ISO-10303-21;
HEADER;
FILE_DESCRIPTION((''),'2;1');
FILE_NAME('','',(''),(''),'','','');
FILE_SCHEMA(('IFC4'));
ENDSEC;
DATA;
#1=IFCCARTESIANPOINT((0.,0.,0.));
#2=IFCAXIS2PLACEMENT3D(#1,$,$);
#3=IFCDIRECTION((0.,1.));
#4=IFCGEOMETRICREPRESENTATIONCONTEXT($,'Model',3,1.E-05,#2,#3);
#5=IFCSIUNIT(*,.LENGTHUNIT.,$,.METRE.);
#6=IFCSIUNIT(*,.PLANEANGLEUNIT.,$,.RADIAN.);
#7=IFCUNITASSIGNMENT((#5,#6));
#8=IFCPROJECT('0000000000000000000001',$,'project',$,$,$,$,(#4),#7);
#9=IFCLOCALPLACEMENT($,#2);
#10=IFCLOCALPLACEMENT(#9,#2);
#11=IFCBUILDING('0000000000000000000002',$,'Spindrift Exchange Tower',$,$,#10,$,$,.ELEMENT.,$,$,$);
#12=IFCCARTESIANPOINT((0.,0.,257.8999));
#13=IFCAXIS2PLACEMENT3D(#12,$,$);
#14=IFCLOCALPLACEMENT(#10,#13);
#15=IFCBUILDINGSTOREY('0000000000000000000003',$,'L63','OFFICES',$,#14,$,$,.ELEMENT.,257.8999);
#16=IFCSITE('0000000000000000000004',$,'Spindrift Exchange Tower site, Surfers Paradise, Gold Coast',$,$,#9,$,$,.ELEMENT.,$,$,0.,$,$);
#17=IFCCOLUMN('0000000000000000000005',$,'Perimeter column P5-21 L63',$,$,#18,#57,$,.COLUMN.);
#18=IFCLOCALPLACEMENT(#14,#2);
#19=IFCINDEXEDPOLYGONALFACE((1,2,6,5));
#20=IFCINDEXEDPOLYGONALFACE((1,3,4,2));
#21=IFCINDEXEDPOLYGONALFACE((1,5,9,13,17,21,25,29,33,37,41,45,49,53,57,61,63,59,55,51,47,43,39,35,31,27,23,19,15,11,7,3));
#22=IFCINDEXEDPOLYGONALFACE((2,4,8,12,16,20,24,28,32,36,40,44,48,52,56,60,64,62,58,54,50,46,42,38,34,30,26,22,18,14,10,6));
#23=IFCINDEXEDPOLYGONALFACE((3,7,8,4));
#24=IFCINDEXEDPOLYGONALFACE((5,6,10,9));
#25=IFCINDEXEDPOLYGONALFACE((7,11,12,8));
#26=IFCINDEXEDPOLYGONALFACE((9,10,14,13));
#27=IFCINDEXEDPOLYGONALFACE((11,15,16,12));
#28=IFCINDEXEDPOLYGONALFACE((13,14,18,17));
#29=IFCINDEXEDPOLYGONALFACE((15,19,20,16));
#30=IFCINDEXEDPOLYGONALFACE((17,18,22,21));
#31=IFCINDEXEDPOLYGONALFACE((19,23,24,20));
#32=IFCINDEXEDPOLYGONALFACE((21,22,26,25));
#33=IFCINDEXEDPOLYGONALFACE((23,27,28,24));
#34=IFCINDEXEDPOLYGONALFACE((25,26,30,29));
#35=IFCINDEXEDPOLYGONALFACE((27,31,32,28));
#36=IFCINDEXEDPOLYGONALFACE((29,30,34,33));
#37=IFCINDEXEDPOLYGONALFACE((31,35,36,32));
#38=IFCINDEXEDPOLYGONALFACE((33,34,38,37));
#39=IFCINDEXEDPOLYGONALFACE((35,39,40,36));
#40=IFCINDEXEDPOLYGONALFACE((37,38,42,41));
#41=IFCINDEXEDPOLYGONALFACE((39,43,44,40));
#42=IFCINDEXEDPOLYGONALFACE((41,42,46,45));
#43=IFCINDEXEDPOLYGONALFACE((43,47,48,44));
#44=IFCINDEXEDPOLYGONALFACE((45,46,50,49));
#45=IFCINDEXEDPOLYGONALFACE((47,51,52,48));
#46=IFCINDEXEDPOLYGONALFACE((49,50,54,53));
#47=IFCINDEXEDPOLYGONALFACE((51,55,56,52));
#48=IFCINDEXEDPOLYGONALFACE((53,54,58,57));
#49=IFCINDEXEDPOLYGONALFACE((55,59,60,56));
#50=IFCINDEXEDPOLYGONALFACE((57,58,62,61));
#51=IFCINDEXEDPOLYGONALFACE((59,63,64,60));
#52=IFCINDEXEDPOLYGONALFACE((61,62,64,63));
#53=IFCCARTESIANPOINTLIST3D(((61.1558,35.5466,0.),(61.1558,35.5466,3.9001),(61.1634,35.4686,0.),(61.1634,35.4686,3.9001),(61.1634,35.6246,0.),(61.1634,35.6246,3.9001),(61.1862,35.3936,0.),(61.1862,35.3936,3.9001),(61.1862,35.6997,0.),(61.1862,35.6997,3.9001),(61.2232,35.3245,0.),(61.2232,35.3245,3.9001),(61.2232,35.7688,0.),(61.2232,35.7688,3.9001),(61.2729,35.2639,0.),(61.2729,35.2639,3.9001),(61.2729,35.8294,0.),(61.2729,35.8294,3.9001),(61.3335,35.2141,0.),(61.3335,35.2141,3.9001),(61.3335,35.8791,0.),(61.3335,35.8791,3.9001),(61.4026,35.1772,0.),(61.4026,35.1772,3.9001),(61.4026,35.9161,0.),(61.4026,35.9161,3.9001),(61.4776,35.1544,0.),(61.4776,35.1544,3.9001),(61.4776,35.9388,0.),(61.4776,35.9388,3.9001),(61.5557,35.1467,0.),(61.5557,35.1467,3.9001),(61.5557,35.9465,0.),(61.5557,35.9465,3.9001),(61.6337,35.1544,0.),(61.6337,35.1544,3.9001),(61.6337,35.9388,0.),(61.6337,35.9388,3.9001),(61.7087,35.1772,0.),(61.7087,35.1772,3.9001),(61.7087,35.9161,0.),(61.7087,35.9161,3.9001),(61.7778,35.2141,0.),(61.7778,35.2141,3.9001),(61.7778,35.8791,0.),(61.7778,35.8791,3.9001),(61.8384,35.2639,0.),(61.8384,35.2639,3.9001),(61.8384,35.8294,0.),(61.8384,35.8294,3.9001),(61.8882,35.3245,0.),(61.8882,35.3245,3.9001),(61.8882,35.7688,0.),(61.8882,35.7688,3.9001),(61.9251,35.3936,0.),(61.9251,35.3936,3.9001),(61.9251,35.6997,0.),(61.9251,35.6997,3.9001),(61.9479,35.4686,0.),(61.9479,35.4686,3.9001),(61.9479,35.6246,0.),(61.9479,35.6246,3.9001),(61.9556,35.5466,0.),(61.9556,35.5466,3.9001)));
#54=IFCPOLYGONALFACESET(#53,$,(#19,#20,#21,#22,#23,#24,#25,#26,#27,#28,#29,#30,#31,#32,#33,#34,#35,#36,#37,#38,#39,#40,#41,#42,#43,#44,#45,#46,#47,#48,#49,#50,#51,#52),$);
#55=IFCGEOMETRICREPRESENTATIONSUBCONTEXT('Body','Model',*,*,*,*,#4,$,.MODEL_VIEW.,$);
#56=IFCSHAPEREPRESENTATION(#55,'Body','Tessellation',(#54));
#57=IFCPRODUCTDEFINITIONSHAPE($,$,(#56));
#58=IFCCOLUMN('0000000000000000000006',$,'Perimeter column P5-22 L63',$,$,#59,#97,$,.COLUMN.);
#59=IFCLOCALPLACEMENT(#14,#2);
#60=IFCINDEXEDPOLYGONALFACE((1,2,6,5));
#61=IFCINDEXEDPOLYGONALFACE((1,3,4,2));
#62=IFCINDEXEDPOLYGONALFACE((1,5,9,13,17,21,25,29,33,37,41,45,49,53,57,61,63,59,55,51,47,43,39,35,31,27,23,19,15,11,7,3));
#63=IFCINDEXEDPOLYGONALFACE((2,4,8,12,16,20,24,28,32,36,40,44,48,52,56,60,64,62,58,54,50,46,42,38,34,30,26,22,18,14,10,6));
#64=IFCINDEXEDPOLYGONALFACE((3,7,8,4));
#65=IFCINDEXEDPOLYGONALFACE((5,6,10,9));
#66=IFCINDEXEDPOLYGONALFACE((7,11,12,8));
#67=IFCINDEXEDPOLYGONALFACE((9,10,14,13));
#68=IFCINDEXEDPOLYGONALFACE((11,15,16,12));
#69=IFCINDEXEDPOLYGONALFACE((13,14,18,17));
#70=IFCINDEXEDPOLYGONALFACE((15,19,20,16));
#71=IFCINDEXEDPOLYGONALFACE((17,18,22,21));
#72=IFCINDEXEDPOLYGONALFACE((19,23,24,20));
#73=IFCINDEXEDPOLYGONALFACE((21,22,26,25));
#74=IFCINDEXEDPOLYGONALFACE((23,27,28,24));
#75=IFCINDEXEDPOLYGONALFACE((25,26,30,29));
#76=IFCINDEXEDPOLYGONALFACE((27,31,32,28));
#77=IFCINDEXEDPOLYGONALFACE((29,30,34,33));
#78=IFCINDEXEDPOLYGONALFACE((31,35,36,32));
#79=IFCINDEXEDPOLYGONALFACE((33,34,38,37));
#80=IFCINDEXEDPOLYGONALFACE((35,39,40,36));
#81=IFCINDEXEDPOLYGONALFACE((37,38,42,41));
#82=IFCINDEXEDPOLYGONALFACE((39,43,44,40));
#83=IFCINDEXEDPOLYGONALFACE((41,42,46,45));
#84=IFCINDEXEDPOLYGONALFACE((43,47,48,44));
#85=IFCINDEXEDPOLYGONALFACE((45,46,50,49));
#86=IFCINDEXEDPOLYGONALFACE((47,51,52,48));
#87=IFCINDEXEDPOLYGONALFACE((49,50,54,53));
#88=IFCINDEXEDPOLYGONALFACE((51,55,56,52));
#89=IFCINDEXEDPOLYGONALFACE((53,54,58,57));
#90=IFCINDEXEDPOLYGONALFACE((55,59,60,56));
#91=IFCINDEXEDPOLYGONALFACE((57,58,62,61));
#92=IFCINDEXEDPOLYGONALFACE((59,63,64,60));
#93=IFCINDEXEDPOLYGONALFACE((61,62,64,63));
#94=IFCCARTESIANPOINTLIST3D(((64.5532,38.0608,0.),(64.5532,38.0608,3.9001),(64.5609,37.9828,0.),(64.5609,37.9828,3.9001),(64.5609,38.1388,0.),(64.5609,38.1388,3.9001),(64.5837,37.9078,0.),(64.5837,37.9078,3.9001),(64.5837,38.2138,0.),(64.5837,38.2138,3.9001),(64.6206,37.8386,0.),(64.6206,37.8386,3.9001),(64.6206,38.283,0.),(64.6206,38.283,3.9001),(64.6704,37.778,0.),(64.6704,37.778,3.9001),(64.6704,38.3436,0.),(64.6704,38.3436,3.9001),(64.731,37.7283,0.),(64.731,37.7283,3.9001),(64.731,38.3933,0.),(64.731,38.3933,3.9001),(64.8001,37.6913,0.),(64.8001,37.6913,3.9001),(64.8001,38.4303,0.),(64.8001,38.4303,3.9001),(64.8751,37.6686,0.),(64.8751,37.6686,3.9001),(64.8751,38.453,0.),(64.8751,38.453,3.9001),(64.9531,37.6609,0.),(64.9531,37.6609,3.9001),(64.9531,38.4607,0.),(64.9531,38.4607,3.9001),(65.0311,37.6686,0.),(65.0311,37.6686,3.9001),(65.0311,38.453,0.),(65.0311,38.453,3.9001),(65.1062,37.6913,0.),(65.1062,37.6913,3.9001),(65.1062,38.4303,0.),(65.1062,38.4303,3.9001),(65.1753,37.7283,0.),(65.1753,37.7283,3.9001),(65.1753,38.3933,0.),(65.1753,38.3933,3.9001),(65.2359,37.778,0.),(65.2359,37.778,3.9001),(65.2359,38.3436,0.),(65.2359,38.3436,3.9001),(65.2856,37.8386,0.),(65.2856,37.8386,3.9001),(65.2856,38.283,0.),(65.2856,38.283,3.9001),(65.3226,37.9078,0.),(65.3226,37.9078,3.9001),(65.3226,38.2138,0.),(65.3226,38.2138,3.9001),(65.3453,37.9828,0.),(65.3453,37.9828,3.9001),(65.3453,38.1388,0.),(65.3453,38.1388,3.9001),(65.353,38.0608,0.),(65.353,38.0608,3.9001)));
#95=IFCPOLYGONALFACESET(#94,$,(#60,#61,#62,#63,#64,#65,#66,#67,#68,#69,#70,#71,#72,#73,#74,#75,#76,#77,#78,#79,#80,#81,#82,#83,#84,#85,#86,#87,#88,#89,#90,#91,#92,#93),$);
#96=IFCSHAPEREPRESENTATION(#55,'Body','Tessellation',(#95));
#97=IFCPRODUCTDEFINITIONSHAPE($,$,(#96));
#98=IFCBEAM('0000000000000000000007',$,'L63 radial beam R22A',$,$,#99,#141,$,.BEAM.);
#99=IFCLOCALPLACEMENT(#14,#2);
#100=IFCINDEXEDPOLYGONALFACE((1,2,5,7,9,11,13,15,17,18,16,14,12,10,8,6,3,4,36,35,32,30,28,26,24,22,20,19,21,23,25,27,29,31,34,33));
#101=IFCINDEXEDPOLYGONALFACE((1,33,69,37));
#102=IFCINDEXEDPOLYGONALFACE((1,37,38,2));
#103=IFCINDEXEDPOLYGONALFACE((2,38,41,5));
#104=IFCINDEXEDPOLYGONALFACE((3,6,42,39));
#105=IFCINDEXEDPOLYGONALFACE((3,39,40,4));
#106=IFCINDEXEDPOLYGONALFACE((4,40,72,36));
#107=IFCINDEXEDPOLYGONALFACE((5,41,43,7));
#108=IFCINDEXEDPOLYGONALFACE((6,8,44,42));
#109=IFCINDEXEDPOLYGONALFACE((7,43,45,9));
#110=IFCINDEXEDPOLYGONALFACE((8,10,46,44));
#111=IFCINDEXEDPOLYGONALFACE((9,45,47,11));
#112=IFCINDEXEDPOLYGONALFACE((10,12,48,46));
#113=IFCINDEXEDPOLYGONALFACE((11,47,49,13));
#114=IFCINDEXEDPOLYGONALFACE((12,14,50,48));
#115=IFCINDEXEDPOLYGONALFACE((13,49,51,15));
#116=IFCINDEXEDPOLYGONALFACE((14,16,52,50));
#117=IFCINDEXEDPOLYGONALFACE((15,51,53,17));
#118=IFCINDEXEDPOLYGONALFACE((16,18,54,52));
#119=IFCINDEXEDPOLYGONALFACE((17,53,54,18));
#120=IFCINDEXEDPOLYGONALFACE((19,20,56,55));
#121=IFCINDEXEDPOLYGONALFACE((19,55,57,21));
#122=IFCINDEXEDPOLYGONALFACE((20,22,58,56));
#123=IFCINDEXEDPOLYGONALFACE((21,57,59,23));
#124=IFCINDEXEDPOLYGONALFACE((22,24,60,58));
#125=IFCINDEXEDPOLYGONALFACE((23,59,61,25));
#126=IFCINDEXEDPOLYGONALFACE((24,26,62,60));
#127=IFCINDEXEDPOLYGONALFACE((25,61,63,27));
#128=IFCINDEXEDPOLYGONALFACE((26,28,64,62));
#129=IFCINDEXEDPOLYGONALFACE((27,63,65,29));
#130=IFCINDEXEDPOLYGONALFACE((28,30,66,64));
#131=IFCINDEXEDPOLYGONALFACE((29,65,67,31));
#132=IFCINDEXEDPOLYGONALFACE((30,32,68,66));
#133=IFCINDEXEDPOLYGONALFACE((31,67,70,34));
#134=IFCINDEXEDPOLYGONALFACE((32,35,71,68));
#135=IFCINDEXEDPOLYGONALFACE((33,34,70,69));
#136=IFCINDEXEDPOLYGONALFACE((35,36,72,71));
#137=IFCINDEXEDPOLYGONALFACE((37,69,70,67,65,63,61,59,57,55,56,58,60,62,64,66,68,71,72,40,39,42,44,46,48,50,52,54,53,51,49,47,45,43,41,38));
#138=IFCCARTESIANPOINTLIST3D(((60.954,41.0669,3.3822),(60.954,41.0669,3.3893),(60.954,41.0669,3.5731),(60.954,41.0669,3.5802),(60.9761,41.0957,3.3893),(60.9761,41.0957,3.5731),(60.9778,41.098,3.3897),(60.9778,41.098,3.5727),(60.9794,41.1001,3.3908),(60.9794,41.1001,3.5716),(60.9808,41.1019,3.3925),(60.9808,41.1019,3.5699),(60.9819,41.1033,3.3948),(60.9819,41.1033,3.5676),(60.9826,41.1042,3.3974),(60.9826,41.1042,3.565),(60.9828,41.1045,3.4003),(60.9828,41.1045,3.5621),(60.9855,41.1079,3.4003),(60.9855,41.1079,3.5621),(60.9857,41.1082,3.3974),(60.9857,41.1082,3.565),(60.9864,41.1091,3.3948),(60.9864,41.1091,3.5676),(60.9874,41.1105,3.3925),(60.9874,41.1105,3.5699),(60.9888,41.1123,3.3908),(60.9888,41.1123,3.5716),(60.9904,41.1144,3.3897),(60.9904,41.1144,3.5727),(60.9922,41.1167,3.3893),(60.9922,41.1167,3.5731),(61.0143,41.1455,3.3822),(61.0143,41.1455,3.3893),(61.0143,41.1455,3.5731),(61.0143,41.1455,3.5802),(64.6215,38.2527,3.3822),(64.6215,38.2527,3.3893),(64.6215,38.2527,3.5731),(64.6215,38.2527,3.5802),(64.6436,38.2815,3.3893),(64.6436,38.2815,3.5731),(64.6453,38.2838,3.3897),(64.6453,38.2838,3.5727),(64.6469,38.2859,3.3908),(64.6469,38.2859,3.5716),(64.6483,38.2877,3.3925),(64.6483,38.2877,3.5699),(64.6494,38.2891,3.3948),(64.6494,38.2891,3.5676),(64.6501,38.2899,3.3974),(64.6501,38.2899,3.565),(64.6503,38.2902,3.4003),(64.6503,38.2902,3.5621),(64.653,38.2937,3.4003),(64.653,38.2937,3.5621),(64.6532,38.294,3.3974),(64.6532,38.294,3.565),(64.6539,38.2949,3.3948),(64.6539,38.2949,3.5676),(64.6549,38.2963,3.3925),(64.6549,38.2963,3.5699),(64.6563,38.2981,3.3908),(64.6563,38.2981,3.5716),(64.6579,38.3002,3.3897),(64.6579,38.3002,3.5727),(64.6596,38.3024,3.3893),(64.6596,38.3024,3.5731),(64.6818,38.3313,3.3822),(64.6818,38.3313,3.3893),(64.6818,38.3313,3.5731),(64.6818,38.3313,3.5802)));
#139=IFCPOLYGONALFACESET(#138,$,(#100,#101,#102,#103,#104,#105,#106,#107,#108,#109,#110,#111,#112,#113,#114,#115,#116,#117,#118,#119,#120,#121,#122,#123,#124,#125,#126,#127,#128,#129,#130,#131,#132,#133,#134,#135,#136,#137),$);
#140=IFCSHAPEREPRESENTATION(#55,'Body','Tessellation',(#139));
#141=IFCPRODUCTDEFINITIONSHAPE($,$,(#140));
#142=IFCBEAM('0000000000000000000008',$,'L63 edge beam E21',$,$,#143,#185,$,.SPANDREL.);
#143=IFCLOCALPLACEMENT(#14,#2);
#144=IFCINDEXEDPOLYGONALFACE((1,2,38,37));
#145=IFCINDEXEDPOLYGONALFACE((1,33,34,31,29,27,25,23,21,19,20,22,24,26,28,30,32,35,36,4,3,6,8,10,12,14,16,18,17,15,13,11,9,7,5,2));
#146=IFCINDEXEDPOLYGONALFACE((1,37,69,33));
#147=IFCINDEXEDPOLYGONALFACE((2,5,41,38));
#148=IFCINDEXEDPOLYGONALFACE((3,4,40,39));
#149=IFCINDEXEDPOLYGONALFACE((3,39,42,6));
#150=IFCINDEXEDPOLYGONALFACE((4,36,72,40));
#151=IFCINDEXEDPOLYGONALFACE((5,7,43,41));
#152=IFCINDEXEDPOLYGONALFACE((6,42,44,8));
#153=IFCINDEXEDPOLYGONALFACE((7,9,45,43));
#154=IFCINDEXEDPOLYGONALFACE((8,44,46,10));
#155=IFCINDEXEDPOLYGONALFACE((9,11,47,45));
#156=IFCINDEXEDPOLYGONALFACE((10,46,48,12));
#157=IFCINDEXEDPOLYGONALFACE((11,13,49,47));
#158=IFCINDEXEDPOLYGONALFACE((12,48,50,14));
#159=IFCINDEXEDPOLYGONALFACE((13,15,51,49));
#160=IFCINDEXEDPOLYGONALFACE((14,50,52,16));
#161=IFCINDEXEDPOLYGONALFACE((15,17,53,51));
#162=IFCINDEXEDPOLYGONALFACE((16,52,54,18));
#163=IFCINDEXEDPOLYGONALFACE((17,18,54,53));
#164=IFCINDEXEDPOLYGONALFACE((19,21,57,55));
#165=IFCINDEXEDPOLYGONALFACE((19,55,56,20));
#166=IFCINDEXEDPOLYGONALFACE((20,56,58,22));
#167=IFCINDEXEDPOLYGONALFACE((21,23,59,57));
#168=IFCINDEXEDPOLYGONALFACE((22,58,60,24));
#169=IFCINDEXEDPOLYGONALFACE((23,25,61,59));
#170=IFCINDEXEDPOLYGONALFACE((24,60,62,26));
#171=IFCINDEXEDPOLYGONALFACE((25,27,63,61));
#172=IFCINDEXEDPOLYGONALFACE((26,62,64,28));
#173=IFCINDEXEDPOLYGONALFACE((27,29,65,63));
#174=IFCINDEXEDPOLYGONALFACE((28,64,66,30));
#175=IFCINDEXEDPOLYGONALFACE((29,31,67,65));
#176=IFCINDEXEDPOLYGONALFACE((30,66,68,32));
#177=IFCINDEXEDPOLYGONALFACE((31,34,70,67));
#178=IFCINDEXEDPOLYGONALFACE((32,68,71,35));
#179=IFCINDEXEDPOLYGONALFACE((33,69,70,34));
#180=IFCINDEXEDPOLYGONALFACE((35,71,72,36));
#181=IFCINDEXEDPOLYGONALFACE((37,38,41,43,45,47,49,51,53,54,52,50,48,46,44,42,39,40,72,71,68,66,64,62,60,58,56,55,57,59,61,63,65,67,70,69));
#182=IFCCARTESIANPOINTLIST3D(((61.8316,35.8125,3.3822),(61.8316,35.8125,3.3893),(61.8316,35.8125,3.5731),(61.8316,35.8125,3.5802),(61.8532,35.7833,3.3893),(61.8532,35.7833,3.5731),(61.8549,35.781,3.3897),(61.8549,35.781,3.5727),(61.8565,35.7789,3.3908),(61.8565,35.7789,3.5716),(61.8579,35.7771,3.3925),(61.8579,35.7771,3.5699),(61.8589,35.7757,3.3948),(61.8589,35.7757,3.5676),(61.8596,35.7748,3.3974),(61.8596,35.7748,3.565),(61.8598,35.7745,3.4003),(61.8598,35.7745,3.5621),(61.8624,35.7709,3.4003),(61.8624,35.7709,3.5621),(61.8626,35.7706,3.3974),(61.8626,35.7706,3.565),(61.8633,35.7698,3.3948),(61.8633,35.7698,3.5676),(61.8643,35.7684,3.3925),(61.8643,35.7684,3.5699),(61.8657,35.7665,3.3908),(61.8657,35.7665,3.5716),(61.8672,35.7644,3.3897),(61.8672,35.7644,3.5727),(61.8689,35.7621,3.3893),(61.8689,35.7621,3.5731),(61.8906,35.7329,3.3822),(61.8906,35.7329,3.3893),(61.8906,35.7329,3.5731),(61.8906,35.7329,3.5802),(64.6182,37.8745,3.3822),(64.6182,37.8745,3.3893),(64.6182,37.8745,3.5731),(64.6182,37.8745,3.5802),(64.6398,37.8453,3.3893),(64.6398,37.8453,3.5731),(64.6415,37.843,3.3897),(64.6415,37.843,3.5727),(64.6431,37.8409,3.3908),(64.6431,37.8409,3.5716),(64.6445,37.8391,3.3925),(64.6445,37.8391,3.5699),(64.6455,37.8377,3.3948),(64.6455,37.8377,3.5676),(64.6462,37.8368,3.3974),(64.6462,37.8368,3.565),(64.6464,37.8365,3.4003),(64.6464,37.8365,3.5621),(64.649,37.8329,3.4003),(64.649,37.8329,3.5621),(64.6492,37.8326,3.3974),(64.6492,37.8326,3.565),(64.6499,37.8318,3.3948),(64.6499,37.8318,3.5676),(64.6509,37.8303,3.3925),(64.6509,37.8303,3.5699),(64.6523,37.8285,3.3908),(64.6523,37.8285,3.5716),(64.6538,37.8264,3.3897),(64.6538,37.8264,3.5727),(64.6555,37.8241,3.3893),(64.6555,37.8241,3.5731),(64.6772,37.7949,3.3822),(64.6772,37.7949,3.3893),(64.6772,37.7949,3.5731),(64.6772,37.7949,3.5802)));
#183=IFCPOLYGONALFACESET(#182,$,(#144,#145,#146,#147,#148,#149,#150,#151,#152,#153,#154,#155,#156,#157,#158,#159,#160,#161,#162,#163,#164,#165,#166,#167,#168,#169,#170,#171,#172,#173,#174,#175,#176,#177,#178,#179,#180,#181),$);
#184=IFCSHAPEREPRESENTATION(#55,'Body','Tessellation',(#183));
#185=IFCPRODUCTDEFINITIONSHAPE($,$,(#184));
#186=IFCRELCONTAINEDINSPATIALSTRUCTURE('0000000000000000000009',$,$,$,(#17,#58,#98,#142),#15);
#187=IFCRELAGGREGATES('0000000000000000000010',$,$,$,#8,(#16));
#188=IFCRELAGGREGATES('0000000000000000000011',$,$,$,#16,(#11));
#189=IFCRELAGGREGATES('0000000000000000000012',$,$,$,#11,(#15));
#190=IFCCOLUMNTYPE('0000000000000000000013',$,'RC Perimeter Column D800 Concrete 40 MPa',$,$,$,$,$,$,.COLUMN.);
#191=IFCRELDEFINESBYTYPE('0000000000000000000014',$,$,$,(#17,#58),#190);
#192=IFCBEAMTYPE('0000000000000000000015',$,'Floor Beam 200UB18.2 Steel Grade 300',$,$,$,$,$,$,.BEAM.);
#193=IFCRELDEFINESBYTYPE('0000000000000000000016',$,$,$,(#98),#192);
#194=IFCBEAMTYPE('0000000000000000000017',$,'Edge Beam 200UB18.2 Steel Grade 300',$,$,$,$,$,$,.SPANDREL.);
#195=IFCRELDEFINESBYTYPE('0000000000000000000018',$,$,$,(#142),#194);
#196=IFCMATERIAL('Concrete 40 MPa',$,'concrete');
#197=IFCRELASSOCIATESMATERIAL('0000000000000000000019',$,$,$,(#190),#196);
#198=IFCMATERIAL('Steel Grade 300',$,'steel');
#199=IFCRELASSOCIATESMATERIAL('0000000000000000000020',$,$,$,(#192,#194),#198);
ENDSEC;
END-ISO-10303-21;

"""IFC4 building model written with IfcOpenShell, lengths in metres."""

from ifc_helpers import new_model, si_unit, direction, frame, origin, origin_2d, place, context, subcontext, project, spatial, circle, i_section, extrude, source, transform, mapped, material, material_profile, profile_set, type_object, element, save


model = new_model("IFC4")

# Units and contexts
model_context = context("Model", 3, precision=1e-05, world=origin(), true_north=direction((0.0, 1.0)))
body_context = subcontext(model_context, "Body", "Model", "MODEL_VIEW")
ifc_project = project(units=[si_unit("LENGTHUNIT", "METRE"), si_unit("PLANEANGLEUNIT", "RADIAN")], contexts=[model_context])

# Site, building, storey
site_placement = place(None, origin())
site = spatial("IfcSite", under=ifc_project, at=site_placement, Name="Spindrift Exchange Tower site, Surfers Paradise, Gold Coast", CompositionType="ELEMENT", RefElevation=0.0)
building_placement = place(site_placement, origin())
building = spatial("IfcBuilding", under=site, at=building_placement, Name="Spindrift Exchange Tower", CompositionType="ELEMENT")
storey_placement = place(building_placement, frame((0.0, 0.0, 257.8999)))
storey = spatial("IfcBuildingStorey", under=building, at=storey_placement, Name="L63", Description="OFFICES", CompositionType="ELEMENT", Elevation=257.8999)

# Columns
ifc_material_1 = material(Name="Concrete 40 MPa", Category="concrete")
ifc_material_profile_1 = material_profile(ifc_material_1, circle(Radius=0.3999, at=origin_2d()), Name="RC D800")
ifc_profile_set_1 = profile_set([ifc_material_profile_1], Name="Concrete 40 MPa")
column_type = type_object("IfcColumnType", Name="RC Perimeter Column D800 Concrete 40 MPa", PredefinedType="COLUMN", material=ifc_profile_set_1)
shared_shape_1 = source(origin(), body_context, "Body", "SweptSolid", [
    extrude(circle(Radius=0.3999, at=origin_2d()), origin(), (0.0, 0.0, 1.0), 3.9001),
])
for number, where, z_axis, x_axis, name in (
    (1, (61.5557, 35.5466, 0.0), (0.0, 0.0, 1.0), (1.0, 0.0, 0.0), "Perimeter column P5-21 L63"),
    (2, (64.9531, 38.0608, 0.0), (0.0, 0.0, 1.0), (1.0, 0.0, 0.0), "Perimeter column P5-22 L63"),
):
    element("IfcColumn", number, at=place(storey_placement, frame(where, z_axis=z_axis, x_axis=x_axis)), inside=storey, type_object=column_type, Name=name, PredefinedType="COLUMN", context=body_context, shape_type="MappedRepresentation", body=[
        mapped(shared_shape_1, transform((0.0, 0.0, 0.0), scale=1.0)),
    ])

# Beams
ifc_material_2 = material(Name="Steel Grade 300", Category="steel")
ifc_material_profile_2 = material_profile(ifc_material_2, i_section(OverallWidth=0.0991, OverallDepth=0.198, WebThickness=0.0044, FlangeThickness=0.0071, FilletRadius=0.011, at=origin_2d()), Name="200UB18.2")
ifc_profile_set_2 = profile_set([ifc_material_profile_2], Name="Steel Grade 300")
beam_type_1 = type_object("IfcBeamType", Name="Floor Beam 200UB18.2 Steel Grade 300", PredefinedType="BEAM", material=ifc_profile_set_2)
shared_shape_2 = source(origin(), body_context, "Body", "SweptSolid", [
    extrude(i_section(OverallWidth=0.0991, OverallDepth=0.198, WebThickness=0.0044, FlangeThickness=0.0071, FilletRadius=0.011, at=origin_2d()), origin(), (0.0, 0.0, 1.0), 4.6228),
])
beam_1_placement = place(storey_placement, frame((60.9841, 41.1062, 3.4812), z_axis=(0.793348, -0.608769, 0.0), x_axis=(0.608769, 0.793348, 0.0)))
element("IfcBeam", 3, at=beam_1_placement, inside=storey, type_object=beam_type_1, Name="L63 radial beam R22A", PredefinedType="BEAM", context=body_context, shape_type="MappedRepresentation", body=[
    mapped(shared_shape_2, transform((0.0, 0.0, 0.0), scale=1.0)),
])
ifc_material_profile_3 = material_profile(ifc_material_2, i_section(OverallWidth=0.0991, OverallDepth=0.198, WebThickness=0.0044, FlangeThickness=0.0071, FilletRadius=0.011, at=origin_2d()), Name="200UB18.2")
ifc_profile_set_3 = profile_set([ifc_material_profile_3], Name="Steel Grade 300")
beam_type_2 = type_object("IfcBeamType", Name="Edge Beam 200UB18.2 Steel Grade 300", PredefinedType="SPANDREL", material=ifc_profile_set_3)
shared_shape_3 = source(origin(), body_context, "Body", "SweptSolid", [
    extrude(i_section(OverallWidth=0.0991, OverallDepth=0.198, WebThickness=0.0044, FlangeThickness=0.0071, FilletRadius=0.011, at=origin_2d()), origin(), (0.0, 0.0, 1.0), 3.4666),
])
beam_2_placement = place(storey_placement, frame((61.8611, 35.7727, 3.4812), z_axis=(0.803854, 0.594827, 0.0), x_axis=(-0.594827, 0.803854, 0.0)))
element("IfcBeam", 4, at=beam_2_placement, inside=storey, type_object=beam_type_2, Name="L63 edge beam E21", PredefinedType="SPANDREL", context=body_context, shape_type="MappedRepresentation", body=[
    mapped(shared_shape_3, transform((0.0, 0.0, 0.0), scale=1.0)),
])

save(model, "model.ifc")
